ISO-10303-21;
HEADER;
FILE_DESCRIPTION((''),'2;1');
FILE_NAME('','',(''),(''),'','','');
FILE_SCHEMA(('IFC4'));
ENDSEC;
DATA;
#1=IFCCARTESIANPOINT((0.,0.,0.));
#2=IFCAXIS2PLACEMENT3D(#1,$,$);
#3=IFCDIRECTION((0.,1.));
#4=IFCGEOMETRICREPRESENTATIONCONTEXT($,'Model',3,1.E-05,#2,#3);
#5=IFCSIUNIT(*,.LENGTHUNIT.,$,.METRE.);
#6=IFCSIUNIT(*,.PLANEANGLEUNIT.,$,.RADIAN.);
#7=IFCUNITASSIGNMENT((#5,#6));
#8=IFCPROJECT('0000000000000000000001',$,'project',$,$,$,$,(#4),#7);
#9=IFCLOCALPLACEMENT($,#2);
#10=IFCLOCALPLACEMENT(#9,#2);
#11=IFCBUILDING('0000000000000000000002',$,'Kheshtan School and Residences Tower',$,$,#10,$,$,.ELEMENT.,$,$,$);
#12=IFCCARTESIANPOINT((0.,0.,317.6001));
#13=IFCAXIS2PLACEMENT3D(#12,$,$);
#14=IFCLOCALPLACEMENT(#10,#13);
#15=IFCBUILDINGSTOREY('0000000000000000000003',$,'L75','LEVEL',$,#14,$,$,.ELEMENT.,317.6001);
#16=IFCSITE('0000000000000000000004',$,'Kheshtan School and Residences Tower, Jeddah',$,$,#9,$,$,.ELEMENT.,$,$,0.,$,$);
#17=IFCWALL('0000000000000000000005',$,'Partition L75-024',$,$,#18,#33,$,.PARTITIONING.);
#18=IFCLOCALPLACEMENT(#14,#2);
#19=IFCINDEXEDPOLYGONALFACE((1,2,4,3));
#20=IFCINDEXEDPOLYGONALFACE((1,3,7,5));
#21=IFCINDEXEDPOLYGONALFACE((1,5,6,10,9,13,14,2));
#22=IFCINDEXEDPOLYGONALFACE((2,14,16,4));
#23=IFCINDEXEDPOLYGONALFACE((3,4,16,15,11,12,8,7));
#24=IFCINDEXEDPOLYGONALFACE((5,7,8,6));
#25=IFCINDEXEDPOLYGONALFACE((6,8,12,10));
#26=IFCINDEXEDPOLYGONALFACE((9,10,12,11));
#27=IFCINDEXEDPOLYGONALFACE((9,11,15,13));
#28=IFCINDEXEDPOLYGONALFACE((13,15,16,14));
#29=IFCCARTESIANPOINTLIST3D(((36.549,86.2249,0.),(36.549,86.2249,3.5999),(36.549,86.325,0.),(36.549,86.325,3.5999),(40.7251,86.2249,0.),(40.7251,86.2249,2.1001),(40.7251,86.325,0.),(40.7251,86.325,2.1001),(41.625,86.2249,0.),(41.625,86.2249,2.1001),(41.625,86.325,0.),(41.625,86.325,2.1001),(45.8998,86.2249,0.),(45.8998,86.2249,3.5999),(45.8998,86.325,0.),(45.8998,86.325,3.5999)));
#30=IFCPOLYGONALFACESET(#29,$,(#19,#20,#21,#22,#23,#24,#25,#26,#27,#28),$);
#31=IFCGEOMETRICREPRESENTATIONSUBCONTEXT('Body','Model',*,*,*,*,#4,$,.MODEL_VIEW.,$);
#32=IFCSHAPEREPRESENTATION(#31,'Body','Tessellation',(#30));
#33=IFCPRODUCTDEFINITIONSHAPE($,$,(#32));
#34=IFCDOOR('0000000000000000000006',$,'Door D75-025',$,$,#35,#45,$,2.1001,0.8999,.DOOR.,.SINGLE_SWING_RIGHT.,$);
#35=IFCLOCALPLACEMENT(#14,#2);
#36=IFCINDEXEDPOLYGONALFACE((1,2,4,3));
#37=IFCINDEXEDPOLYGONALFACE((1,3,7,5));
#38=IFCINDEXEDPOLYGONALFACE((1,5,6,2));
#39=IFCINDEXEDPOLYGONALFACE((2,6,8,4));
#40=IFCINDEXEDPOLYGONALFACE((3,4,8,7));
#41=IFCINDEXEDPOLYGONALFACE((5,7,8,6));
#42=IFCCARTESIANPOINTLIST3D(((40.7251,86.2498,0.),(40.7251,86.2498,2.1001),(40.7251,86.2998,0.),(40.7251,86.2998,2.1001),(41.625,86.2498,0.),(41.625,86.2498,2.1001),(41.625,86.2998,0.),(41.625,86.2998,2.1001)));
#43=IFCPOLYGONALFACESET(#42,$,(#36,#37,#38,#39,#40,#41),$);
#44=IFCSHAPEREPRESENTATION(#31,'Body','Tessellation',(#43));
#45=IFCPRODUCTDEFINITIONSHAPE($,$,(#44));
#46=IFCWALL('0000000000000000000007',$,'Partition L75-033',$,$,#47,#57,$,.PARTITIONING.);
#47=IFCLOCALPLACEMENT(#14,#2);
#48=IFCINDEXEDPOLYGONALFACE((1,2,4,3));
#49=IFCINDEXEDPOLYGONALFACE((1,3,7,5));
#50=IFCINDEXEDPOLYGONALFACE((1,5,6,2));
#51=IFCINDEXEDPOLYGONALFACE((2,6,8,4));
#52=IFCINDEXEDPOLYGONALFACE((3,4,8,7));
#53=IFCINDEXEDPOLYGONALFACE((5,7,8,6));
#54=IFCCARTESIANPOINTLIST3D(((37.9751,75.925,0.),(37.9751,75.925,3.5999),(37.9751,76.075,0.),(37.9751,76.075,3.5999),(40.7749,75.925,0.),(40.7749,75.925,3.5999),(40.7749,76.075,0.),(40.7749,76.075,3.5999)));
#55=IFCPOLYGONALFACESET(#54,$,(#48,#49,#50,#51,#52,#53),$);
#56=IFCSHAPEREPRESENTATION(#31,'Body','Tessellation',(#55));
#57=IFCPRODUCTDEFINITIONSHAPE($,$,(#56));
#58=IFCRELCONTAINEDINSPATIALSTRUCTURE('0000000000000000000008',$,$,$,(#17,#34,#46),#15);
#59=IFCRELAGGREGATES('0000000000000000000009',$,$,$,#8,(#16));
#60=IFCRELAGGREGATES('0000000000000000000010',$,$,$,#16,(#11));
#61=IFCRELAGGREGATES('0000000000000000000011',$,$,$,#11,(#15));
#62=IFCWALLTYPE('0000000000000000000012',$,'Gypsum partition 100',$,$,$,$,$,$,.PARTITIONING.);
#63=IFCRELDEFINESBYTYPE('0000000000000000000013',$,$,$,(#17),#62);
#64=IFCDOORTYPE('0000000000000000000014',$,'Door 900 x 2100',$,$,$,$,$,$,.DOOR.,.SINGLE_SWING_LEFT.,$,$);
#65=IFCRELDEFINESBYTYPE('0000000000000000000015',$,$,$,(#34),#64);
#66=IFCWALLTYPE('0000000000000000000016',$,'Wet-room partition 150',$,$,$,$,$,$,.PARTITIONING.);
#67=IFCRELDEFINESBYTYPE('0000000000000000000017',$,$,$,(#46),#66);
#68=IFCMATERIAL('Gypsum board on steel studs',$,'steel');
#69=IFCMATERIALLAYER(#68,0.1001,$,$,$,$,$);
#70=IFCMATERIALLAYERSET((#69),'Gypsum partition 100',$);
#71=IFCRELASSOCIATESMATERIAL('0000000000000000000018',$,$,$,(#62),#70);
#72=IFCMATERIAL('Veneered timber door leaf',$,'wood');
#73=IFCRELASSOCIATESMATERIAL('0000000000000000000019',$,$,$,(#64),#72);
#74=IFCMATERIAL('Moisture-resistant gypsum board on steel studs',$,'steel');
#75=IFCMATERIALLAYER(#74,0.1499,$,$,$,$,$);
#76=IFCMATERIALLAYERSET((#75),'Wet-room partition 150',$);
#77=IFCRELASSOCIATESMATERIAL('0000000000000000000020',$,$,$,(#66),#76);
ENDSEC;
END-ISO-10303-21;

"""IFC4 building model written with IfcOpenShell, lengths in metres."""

from ifc_helpers import new_model, si_unit, direction, frame, frame_2d, origin, place, context, subcontext, project, spatial, rectangle, extrude, source, transform, mapped, material, layer, layer_set, type_object, element, fill, save


model = new_model("IFC4")

# Units and contexts
model_context = context("Model", 3, precision=1e-05, world=origin(), true_north=direction((0.0, 1.0)))
body_context = subcontext(model_context, "Body", "Model", "MODEL_VIEW")
ifc_project = project(units=[si_unit("LENGTHUNIT", "METRE"), si_unit("PLANEANGLEUNIT", "RADIAN")], contexts=[model_context])

# Site, building, storey
site_placement = place(None, origin())
site = spatial("IfcSite", under=ifc_project, at=site_placement, Name="Kheshtan School and Residences Tower, Jeddah", CompositionType="ELEMENT", RefElevation=0.0)
building_placement = place(site_placement, origin())
building = spatial("IfcBuilding", under=site, at=building_placement, Name="Kheshtan School and Residences Tower", CompositionType="ELEMENT")
storey_placement = place(building_placement, frame((0.0, 0.0, 317.6001)))
storey = spatial("IfcBuildingStorey", under=building, at=storey_placement, Name="L75", Description="LEVEL", CompositionType="ELEMENT", Elevation=317.6001)

# Wall, opening, door
ifc_material_1 = material(Name="Gypsum board on steel studs", Category="steel")
ifc_layer_1 = layer(ifc_material_1, 0.1001)
ifc_layer_set_1 = layer_set([ifc_layer_1], Name="Gypsum partition 100")
wall_type_1 = type_object("IfcWallType", Name="Gypsum partition 100", PredefinedType="PARTITIONING", material=ifc_layer_set_1)
wall_1_placement = place(storey_placement, frame((36.5491, 86.2749, 0.0), z_axis=(0.0, 0.0, 1.0), x_axis=(1.0, 0.0, 0.0)))
wall_1 = element("IfcWall", 1, at=wall_1_placement, inside=storey, type_object=wall_type_1, Name="Partition L75-024", PredefinedType="PARTITIONING", context=body_context, shape_type="SweptSolid", body=[
    extrude(rectangle(XDim=9.3508, YDim=0.1001, at=frame_2d((4.6753, 0.0))), origin(), (0.0, 0.0, 1.0), 3.5999),
])
opening_1_placement = place(wall_1_placement, frame((4.176, 0.0, 0.0)))
opening_1 = element("IfcOpeningElement", 2, at=opening_1_placement, cuts=wall_1, PredefinedType="OPENING", context=body_context, shape_type="SweptSolid", body=[
    extrude(rectangle(XDim=0.8999, YDim=2.1001, at=frame_2d((0.45, 1.05))), frame((0.0, 0.0601, 0.0), z_axis=(0.0, -1.0, 0.0), x_axis=(1.0, 0.0, 0.0)), (0.0, 0.0, 1.0), 0.1201),
])
ifc_material_2 = material(Name="Veneered timber door leaf", Category="wood")
door_type_1 = type_object("IfcDoorType", Name="Door 900 x 2100", OperationType="SINGLE_SWING_LEFT", PredefinedType="DOOR", material=ifc_material_2)
shared_shape_1 = source(origin(), body_context, "Body", "SweptSolid", [
    extrude(rectangle(XDim=0.8999, YDim=2.1001, at=frame_2d((0.45, 1.05))), frame((0.0, 0.0249, 0.0), z_axis=(0.0, -1.0, 0.0), x_axis=(1.0, 0.0, 0.0)), (0.0, 0.0, 1.0), 0.05),
])
door_1_placement = place(opening_1_placement, origin())
door_1 = element("IfcDoor", 3, at=door_1_placement, inside=storey, type_object=door_type_1, Name="Door D75-025", OperationType="SINGLE_SWING_RIGHT", OverallHeight=2.1001, OverallWidth=0.8999, PredefinedType="DOOR", context=body_context, shape_type="MappedRepresentation", body=[
    mapped(shared_shape_1, transform((0.0, 0.0, 0.0), x_axis=(1.0, 0.0, 0.0), y_axis=(0.0, 1.0, 0.0), z_axis=(0.0, 0.0, 1.0), scale=1.0)),
])
fill(opening_1, door_1)

# Wall
ifc_material_3 = material(Name="Moisture-resistant gypsum board on steel studs", Category="steel")
ifc_layer_2 = layer(ifc_material_3, 0.1499)
ifc_layer_set_2 = layer_set([ifc_layer_2], Name="Wet-room partition 150")
wall_type_2 = type_object("IfcWallType", Name="Wet-room partition 150", PredefinedType="PARTITIONING", material=ifc_layer_set_2)
wall_2_placement = place(storey_placement, frame((37.9751, 76.0, 0.0), z_axis=(0.0, 0.0, 1.0), x_axis=(1.0, 0.0, 0.0)))
element("IfcWall", 4, at=wall_2_placement, inside=storey, type_object=wall_type_2, Name="Partition L75-033", PredefinedType="PARTITIONING", context=body_context, shape_type="SweptSolid", body=[
    extrude(rectangle(XDim=2.7998, YDim=0.1499, at=frame_2d((1.3999, 0.0))), origin(), (0.0, 0.0, 1.0), 3.5999),
])

save(model, "model.ifc")
